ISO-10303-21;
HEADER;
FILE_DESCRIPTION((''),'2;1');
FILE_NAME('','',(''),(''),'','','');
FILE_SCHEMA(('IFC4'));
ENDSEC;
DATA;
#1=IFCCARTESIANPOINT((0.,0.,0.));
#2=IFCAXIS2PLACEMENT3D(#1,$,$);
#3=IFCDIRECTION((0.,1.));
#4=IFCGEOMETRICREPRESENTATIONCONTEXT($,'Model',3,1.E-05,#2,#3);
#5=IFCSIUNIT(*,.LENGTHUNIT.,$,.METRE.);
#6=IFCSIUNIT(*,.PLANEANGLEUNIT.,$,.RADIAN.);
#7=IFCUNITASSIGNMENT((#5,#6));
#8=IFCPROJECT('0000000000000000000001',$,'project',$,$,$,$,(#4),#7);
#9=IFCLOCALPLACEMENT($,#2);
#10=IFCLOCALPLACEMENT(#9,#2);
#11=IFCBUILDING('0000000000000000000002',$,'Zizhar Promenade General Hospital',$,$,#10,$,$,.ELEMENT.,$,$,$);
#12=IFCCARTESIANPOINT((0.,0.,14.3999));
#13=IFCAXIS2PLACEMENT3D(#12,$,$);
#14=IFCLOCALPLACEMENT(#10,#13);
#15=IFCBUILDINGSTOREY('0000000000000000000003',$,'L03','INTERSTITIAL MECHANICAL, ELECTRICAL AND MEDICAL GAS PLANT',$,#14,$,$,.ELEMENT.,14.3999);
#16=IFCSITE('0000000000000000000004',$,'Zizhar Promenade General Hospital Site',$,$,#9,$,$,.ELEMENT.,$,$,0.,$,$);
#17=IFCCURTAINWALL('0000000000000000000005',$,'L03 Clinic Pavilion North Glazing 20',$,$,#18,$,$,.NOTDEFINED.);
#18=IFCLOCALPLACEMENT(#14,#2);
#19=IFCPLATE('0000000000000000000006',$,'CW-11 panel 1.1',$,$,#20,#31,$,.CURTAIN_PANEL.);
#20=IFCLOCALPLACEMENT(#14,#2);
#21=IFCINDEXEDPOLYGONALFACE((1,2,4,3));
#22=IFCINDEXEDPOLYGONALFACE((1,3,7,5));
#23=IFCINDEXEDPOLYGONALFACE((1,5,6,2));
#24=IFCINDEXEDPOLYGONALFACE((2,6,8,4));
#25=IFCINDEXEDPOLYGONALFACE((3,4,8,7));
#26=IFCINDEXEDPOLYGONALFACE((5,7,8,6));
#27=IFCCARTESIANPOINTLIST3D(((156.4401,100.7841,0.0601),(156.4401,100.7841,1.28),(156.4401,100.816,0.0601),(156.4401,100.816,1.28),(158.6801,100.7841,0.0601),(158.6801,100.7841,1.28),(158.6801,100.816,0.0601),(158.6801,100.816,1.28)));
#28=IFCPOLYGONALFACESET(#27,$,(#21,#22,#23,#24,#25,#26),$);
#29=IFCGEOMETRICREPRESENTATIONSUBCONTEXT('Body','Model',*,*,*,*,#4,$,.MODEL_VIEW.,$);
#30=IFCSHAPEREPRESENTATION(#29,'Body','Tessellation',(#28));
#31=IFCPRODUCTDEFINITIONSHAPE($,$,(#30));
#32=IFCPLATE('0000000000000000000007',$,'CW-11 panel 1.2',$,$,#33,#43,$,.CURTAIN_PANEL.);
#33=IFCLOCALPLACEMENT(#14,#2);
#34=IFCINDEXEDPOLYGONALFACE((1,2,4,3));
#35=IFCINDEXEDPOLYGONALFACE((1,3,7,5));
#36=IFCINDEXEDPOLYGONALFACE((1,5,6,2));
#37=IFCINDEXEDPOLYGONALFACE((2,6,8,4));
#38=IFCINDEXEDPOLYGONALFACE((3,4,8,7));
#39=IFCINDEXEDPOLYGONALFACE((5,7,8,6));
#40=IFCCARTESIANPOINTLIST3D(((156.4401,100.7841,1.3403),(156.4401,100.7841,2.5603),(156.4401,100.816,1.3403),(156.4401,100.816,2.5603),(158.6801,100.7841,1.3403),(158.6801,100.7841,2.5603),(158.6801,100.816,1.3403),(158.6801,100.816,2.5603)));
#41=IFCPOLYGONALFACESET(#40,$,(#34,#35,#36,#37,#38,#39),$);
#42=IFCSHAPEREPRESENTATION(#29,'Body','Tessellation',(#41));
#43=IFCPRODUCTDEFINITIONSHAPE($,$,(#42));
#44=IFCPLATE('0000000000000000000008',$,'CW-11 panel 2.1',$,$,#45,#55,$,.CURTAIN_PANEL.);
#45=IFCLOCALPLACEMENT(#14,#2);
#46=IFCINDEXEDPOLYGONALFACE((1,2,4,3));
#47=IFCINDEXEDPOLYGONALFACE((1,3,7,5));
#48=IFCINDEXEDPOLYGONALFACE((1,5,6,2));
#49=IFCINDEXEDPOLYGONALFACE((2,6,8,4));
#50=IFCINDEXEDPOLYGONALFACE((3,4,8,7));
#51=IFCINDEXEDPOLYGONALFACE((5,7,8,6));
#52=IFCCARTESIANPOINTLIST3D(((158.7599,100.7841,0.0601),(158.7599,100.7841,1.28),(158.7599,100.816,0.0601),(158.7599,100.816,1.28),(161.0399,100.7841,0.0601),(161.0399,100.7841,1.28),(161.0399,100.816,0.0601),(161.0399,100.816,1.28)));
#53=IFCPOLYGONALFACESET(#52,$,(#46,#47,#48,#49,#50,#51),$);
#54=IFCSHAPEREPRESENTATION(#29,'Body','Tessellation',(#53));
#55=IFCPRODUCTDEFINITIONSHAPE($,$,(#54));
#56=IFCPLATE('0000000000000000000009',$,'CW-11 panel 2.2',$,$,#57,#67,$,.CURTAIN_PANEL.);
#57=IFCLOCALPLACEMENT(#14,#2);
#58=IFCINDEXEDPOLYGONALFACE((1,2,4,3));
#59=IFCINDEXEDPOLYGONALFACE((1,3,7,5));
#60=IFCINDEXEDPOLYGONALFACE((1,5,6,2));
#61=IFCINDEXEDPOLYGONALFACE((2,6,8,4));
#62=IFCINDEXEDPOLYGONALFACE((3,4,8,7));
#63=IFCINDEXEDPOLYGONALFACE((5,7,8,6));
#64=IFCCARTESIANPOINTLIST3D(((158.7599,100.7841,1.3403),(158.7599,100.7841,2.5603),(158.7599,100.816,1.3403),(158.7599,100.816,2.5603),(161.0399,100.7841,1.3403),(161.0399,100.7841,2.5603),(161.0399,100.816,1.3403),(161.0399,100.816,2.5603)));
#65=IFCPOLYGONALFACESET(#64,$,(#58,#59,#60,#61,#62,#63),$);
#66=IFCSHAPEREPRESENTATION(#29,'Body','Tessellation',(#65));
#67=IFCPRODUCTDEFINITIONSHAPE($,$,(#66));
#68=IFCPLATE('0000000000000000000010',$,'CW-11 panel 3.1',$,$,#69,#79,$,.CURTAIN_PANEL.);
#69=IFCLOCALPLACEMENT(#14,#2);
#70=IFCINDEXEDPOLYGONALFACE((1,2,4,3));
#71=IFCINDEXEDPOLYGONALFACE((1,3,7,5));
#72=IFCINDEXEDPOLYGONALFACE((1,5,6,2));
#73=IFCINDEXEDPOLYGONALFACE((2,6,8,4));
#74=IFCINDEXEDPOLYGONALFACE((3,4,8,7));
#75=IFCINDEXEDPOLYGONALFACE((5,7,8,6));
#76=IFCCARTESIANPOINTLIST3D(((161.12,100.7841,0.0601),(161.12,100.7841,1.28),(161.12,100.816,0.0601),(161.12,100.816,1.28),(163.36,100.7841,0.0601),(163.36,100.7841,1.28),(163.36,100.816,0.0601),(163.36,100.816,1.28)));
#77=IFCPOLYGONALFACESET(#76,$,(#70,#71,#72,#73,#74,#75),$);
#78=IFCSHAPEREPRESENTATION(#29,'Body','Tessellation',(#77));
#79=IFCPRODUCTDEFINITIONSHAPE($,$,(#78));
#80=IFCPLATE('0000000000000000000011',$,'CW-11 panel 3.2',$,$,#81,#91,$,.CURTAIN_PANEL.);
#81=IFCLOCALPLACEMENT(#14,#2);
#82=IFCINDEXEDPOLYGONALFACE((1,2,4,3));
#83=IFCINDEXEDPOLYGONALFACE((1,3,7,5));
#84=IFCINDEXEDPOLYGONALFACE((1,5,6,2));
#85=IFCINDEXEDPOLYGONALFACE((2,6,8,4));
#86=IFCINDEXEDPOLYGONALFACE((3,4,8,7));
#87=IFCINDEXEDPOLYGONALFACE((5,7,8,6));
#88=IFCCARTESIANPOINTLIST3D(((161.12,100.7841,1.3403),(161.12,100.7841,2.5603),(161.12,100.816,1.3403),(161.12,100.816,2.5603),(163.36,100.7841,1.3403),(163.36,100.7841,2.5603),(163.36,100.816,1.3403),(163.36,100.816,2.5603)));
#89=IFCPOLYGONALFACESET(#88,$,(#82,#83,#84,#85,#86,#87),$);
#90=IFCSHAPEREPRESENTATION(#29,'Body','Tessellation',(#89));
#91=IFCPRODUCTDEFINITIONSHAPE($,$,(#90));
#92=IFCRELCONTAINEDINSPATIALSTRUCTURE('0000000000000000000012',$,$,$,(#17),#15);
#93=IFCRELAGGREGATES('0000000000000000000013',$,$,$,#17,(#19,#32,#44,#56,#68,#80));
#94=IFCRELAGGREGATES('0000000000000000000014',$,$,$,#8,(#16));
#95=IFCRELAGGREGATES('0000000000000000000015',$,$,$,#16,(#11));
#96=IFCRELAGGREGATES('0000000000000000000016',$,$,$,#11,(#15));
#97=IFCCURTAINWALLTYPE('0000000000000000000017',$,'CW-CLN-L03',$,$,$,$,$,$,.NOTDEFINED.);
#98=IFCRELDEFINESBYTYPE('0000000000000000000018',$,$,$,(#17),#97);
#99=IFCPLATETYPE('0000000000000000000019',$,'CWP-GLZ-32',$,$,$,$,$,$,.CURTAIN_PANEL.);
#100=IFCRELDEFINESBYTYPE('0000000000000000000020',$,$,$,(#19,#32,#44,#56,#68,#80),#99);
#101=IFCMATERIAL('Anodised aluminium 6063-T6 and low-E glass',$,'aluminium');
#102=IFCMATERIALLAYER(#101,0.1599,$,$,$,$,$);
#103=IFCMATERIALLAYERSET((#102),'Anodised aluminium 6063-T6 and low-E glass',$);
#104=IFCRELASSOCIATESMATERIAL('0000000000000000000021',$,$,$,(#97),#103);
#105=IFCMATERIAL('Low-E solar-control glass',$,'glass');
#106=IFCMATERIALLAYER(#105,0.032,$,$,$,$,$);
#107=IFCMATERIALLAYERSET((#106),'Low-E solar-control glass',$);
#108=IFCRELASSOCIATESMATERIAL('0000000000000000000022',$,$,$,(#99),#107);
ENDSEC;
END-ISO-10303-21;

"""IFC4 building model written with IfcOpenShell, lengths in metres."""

from ifc_helpers import new_model, si_unit, direction, frame, origin, origin_2d, place, context, subcontext, project, spatial, rectangle, extrude, material, layer, layer_set, type_object, element, aggregate, save


model = new_model("IFC4")

# Units and contexts
model_context = context("Model", 3, precision=1e-05, world=origin(), true_north=direction((0.0, 1.0)))
body_context = subcontext(model_context, "Body", "Model", "MODEL_VIEW")
ifc_project = project(units=[si_unit("LENGTHUNIT", "METRE"), si_unit("PLANEANGLEUNIT", "RADIAN")], contexts=[model_context])

# Site, building, storey
site_placement = place(None, origin())
site = spatial("IfcSite", under=ifc_project, at=site_placement, Name="Zizhar Promenade General Hospital Site", CompositionType="ELEMENT", RefElevation=0.0)
building_placement = place(site_placement, origin())
building = spatial("IfcBuilding", under=site, at=building_placement, Name="Zizhar Promenade General Hospital", CompositionType="ELEMENT")
storey_placement = place(building_placement, frame((0.0, 0.0, 14.3999)))
storey = spatial("IfcBuildingStorey", under=building, at=storey_placement, Name="L03", Description="INTERSTITIAL MECHANICAL, ELECTRICAL AND MEDICAL GAS PLANT", CompositionType="ELEMENT", Elevation=14.3999)

# Curtain wall
ifc_material_1 = material(Name="Anodised aluminium 6063-T6 and low-E glass", Category="aluminium")
ifc_layer_1 = layer(ifc_material_1, 0.1599)
ifc_layer_set_1 = layer_set([ifc_layer_1], Name="Anodised aluminium 6063-T6 and low-E glass")
curtain_wall_type_1 = type_object("IfcCurtainWallType", Name="CW-CLN-L03", PredefinedType="NOTDEFINED", material=ifc_layer_set_1)
curtain_wall_1_placement = place(storey_placement, origin())
curtain_wall_1 = element("IfcCurtainWall", 1, at=curtain_wall_1_placement, inside=storey, type_object=curtain_wall_type_1, Name="L03 Clinic Pavilion North Glazing 20", PredefinedType="NOTDEFINED")

# Plates
ifc_material_2 = material(Name="Low-E solar-control glass", Category="glass")
ifc_layer_2 = layer(ifc_material_2, 0.032)
ifc_layer_set_2 = layer_set([ifc_layer_2], Name="Low-E solar-control glass")
plate_type = type_object("IfcPlateType", Name="CWP-GLZ-32", PredefinedType="CURTAIN_PANEL", material=ifc_layer_set_2)
plate_1_placement = place(storey_placement, frame((157.5601, 100.8, 0.0601), z_axis=(0.0, 0.0, 1.0), x_axis=(1.0, 0.0, 0.0)))
plate_1 = element("IfcPlate", 2, at=plate_1_placement, type_object=plate_type, Name="CW-11 panel 1.1", PredefinedType="CURTAIN_PANEL", context=body_context, shape_type="SweptSolid", body=[
    extrude(rectangle(XDim=2.24, YDim=0.032, at=origin_2d()), origin(), (0.0, 0.0, 1.0), 1.22),
])
plate_2_placement = place(storey_placement, frame((157.5601, 100.8, 1.3403), z_axis=(0.0, 0.0, 1.0), x_axis=(1.0, 0.0, 0.0)))
plate_2 = element("IfcPlate", 3, at=plate_2_placement, type_object=plate_type, Name="CW-11 panel 1.2", PredefinedType="CURTAIN_PANEL", context=body_context, shape_type="SweptSolid", body=[
    extrude(rectangle(XDim=2.24, YDim=0.032, at=origin_2d()), origin(), (0.0, 0.0, 1.0), 1.22),
])
plate_3_placement = place(storey_placement, frame((159.8999, 100.8, 0.0601), z_axis=(0.0, 0.0, 1.0), x_axis=(1.0, 0.0, 0.0)))
plate_3 = element("IfcPlate", 4, at=plate_3_placement, type_object=plate_type, Name="CW-11 panel 2.1", PredefinedType="CURTAIN_PANEL", context=body_context, shape_type="SweptSolid", body=[
    extrude(rectangle(XDim=2.28, YDim=0.032, at=origin_2d()), origin(), (0.0, 0.0, 1.0), 1.22),
])
plate_4_placement = place(storey_placement, frame((159.8999, 100.8, 1.3403), z_axis=(0.0, 0.0, 1.0), x_axis=(1.0, 0.0, 0.0)))
plate_4 = element("IfcPlate", 5, at=plate_4_placement, type_object=plate_type, Name="CW-11 panel 2.2", PredefinedType="CURTAIN_PANEL", context=body_context, shape_type="SweptSolid", body=[
    extrude(rectangle(XDim=2.28, YDim=0.032, at=origin_2d()), origin(), (0.0, 0.0, 1.0), 1.22),
])
plate_5_placement = place(storey_placement, frame((162.24, 100.8, 0.0601), z_axis=(0.0, 0.0, 1.0), x_axis=(1.0, 0.0, 0.0)))
plate_5 = element("IfcPlate", 6, at=plate_5_placement, type_object=plate_type, Name="CW-11 panel 3.1", PredefinedType="CURTAIN_PANEL", context=body_context, shape_type="SweptSolid", body=[
    extrude(rectangle(XDim=2.24, YDim=0.032, at=origin_2d()), origin(), (0.0, 0.0, 1.0), 1.22),
])
plate_6_placement = place(storey_placement, frame((162.24, 100.8, 1.3403), z_axis=(0.0, 0.0, 1.0), x_axis=(1.0, 0.0, 0.0)))
plate_6 = element("IfcPlate", 7, at=plate_6_placement, type_object=plate_type, Name="CW-11 panel 3.2", PredefinedType="CURTAIN_PANEL", context=body_context, shape_type="SweptSolid", body=[
    extrude(rectangle(XDim=2.24, YDim=0.032, at=origin_2d()), origin(), (0.0, 0.0, 1.0), 1.22),
])
aggregate(curtain_wall_1, [plate_1, plate_2, plate_3, plate_4, plate_5, plate_6])

save(model, "model.ifc")
